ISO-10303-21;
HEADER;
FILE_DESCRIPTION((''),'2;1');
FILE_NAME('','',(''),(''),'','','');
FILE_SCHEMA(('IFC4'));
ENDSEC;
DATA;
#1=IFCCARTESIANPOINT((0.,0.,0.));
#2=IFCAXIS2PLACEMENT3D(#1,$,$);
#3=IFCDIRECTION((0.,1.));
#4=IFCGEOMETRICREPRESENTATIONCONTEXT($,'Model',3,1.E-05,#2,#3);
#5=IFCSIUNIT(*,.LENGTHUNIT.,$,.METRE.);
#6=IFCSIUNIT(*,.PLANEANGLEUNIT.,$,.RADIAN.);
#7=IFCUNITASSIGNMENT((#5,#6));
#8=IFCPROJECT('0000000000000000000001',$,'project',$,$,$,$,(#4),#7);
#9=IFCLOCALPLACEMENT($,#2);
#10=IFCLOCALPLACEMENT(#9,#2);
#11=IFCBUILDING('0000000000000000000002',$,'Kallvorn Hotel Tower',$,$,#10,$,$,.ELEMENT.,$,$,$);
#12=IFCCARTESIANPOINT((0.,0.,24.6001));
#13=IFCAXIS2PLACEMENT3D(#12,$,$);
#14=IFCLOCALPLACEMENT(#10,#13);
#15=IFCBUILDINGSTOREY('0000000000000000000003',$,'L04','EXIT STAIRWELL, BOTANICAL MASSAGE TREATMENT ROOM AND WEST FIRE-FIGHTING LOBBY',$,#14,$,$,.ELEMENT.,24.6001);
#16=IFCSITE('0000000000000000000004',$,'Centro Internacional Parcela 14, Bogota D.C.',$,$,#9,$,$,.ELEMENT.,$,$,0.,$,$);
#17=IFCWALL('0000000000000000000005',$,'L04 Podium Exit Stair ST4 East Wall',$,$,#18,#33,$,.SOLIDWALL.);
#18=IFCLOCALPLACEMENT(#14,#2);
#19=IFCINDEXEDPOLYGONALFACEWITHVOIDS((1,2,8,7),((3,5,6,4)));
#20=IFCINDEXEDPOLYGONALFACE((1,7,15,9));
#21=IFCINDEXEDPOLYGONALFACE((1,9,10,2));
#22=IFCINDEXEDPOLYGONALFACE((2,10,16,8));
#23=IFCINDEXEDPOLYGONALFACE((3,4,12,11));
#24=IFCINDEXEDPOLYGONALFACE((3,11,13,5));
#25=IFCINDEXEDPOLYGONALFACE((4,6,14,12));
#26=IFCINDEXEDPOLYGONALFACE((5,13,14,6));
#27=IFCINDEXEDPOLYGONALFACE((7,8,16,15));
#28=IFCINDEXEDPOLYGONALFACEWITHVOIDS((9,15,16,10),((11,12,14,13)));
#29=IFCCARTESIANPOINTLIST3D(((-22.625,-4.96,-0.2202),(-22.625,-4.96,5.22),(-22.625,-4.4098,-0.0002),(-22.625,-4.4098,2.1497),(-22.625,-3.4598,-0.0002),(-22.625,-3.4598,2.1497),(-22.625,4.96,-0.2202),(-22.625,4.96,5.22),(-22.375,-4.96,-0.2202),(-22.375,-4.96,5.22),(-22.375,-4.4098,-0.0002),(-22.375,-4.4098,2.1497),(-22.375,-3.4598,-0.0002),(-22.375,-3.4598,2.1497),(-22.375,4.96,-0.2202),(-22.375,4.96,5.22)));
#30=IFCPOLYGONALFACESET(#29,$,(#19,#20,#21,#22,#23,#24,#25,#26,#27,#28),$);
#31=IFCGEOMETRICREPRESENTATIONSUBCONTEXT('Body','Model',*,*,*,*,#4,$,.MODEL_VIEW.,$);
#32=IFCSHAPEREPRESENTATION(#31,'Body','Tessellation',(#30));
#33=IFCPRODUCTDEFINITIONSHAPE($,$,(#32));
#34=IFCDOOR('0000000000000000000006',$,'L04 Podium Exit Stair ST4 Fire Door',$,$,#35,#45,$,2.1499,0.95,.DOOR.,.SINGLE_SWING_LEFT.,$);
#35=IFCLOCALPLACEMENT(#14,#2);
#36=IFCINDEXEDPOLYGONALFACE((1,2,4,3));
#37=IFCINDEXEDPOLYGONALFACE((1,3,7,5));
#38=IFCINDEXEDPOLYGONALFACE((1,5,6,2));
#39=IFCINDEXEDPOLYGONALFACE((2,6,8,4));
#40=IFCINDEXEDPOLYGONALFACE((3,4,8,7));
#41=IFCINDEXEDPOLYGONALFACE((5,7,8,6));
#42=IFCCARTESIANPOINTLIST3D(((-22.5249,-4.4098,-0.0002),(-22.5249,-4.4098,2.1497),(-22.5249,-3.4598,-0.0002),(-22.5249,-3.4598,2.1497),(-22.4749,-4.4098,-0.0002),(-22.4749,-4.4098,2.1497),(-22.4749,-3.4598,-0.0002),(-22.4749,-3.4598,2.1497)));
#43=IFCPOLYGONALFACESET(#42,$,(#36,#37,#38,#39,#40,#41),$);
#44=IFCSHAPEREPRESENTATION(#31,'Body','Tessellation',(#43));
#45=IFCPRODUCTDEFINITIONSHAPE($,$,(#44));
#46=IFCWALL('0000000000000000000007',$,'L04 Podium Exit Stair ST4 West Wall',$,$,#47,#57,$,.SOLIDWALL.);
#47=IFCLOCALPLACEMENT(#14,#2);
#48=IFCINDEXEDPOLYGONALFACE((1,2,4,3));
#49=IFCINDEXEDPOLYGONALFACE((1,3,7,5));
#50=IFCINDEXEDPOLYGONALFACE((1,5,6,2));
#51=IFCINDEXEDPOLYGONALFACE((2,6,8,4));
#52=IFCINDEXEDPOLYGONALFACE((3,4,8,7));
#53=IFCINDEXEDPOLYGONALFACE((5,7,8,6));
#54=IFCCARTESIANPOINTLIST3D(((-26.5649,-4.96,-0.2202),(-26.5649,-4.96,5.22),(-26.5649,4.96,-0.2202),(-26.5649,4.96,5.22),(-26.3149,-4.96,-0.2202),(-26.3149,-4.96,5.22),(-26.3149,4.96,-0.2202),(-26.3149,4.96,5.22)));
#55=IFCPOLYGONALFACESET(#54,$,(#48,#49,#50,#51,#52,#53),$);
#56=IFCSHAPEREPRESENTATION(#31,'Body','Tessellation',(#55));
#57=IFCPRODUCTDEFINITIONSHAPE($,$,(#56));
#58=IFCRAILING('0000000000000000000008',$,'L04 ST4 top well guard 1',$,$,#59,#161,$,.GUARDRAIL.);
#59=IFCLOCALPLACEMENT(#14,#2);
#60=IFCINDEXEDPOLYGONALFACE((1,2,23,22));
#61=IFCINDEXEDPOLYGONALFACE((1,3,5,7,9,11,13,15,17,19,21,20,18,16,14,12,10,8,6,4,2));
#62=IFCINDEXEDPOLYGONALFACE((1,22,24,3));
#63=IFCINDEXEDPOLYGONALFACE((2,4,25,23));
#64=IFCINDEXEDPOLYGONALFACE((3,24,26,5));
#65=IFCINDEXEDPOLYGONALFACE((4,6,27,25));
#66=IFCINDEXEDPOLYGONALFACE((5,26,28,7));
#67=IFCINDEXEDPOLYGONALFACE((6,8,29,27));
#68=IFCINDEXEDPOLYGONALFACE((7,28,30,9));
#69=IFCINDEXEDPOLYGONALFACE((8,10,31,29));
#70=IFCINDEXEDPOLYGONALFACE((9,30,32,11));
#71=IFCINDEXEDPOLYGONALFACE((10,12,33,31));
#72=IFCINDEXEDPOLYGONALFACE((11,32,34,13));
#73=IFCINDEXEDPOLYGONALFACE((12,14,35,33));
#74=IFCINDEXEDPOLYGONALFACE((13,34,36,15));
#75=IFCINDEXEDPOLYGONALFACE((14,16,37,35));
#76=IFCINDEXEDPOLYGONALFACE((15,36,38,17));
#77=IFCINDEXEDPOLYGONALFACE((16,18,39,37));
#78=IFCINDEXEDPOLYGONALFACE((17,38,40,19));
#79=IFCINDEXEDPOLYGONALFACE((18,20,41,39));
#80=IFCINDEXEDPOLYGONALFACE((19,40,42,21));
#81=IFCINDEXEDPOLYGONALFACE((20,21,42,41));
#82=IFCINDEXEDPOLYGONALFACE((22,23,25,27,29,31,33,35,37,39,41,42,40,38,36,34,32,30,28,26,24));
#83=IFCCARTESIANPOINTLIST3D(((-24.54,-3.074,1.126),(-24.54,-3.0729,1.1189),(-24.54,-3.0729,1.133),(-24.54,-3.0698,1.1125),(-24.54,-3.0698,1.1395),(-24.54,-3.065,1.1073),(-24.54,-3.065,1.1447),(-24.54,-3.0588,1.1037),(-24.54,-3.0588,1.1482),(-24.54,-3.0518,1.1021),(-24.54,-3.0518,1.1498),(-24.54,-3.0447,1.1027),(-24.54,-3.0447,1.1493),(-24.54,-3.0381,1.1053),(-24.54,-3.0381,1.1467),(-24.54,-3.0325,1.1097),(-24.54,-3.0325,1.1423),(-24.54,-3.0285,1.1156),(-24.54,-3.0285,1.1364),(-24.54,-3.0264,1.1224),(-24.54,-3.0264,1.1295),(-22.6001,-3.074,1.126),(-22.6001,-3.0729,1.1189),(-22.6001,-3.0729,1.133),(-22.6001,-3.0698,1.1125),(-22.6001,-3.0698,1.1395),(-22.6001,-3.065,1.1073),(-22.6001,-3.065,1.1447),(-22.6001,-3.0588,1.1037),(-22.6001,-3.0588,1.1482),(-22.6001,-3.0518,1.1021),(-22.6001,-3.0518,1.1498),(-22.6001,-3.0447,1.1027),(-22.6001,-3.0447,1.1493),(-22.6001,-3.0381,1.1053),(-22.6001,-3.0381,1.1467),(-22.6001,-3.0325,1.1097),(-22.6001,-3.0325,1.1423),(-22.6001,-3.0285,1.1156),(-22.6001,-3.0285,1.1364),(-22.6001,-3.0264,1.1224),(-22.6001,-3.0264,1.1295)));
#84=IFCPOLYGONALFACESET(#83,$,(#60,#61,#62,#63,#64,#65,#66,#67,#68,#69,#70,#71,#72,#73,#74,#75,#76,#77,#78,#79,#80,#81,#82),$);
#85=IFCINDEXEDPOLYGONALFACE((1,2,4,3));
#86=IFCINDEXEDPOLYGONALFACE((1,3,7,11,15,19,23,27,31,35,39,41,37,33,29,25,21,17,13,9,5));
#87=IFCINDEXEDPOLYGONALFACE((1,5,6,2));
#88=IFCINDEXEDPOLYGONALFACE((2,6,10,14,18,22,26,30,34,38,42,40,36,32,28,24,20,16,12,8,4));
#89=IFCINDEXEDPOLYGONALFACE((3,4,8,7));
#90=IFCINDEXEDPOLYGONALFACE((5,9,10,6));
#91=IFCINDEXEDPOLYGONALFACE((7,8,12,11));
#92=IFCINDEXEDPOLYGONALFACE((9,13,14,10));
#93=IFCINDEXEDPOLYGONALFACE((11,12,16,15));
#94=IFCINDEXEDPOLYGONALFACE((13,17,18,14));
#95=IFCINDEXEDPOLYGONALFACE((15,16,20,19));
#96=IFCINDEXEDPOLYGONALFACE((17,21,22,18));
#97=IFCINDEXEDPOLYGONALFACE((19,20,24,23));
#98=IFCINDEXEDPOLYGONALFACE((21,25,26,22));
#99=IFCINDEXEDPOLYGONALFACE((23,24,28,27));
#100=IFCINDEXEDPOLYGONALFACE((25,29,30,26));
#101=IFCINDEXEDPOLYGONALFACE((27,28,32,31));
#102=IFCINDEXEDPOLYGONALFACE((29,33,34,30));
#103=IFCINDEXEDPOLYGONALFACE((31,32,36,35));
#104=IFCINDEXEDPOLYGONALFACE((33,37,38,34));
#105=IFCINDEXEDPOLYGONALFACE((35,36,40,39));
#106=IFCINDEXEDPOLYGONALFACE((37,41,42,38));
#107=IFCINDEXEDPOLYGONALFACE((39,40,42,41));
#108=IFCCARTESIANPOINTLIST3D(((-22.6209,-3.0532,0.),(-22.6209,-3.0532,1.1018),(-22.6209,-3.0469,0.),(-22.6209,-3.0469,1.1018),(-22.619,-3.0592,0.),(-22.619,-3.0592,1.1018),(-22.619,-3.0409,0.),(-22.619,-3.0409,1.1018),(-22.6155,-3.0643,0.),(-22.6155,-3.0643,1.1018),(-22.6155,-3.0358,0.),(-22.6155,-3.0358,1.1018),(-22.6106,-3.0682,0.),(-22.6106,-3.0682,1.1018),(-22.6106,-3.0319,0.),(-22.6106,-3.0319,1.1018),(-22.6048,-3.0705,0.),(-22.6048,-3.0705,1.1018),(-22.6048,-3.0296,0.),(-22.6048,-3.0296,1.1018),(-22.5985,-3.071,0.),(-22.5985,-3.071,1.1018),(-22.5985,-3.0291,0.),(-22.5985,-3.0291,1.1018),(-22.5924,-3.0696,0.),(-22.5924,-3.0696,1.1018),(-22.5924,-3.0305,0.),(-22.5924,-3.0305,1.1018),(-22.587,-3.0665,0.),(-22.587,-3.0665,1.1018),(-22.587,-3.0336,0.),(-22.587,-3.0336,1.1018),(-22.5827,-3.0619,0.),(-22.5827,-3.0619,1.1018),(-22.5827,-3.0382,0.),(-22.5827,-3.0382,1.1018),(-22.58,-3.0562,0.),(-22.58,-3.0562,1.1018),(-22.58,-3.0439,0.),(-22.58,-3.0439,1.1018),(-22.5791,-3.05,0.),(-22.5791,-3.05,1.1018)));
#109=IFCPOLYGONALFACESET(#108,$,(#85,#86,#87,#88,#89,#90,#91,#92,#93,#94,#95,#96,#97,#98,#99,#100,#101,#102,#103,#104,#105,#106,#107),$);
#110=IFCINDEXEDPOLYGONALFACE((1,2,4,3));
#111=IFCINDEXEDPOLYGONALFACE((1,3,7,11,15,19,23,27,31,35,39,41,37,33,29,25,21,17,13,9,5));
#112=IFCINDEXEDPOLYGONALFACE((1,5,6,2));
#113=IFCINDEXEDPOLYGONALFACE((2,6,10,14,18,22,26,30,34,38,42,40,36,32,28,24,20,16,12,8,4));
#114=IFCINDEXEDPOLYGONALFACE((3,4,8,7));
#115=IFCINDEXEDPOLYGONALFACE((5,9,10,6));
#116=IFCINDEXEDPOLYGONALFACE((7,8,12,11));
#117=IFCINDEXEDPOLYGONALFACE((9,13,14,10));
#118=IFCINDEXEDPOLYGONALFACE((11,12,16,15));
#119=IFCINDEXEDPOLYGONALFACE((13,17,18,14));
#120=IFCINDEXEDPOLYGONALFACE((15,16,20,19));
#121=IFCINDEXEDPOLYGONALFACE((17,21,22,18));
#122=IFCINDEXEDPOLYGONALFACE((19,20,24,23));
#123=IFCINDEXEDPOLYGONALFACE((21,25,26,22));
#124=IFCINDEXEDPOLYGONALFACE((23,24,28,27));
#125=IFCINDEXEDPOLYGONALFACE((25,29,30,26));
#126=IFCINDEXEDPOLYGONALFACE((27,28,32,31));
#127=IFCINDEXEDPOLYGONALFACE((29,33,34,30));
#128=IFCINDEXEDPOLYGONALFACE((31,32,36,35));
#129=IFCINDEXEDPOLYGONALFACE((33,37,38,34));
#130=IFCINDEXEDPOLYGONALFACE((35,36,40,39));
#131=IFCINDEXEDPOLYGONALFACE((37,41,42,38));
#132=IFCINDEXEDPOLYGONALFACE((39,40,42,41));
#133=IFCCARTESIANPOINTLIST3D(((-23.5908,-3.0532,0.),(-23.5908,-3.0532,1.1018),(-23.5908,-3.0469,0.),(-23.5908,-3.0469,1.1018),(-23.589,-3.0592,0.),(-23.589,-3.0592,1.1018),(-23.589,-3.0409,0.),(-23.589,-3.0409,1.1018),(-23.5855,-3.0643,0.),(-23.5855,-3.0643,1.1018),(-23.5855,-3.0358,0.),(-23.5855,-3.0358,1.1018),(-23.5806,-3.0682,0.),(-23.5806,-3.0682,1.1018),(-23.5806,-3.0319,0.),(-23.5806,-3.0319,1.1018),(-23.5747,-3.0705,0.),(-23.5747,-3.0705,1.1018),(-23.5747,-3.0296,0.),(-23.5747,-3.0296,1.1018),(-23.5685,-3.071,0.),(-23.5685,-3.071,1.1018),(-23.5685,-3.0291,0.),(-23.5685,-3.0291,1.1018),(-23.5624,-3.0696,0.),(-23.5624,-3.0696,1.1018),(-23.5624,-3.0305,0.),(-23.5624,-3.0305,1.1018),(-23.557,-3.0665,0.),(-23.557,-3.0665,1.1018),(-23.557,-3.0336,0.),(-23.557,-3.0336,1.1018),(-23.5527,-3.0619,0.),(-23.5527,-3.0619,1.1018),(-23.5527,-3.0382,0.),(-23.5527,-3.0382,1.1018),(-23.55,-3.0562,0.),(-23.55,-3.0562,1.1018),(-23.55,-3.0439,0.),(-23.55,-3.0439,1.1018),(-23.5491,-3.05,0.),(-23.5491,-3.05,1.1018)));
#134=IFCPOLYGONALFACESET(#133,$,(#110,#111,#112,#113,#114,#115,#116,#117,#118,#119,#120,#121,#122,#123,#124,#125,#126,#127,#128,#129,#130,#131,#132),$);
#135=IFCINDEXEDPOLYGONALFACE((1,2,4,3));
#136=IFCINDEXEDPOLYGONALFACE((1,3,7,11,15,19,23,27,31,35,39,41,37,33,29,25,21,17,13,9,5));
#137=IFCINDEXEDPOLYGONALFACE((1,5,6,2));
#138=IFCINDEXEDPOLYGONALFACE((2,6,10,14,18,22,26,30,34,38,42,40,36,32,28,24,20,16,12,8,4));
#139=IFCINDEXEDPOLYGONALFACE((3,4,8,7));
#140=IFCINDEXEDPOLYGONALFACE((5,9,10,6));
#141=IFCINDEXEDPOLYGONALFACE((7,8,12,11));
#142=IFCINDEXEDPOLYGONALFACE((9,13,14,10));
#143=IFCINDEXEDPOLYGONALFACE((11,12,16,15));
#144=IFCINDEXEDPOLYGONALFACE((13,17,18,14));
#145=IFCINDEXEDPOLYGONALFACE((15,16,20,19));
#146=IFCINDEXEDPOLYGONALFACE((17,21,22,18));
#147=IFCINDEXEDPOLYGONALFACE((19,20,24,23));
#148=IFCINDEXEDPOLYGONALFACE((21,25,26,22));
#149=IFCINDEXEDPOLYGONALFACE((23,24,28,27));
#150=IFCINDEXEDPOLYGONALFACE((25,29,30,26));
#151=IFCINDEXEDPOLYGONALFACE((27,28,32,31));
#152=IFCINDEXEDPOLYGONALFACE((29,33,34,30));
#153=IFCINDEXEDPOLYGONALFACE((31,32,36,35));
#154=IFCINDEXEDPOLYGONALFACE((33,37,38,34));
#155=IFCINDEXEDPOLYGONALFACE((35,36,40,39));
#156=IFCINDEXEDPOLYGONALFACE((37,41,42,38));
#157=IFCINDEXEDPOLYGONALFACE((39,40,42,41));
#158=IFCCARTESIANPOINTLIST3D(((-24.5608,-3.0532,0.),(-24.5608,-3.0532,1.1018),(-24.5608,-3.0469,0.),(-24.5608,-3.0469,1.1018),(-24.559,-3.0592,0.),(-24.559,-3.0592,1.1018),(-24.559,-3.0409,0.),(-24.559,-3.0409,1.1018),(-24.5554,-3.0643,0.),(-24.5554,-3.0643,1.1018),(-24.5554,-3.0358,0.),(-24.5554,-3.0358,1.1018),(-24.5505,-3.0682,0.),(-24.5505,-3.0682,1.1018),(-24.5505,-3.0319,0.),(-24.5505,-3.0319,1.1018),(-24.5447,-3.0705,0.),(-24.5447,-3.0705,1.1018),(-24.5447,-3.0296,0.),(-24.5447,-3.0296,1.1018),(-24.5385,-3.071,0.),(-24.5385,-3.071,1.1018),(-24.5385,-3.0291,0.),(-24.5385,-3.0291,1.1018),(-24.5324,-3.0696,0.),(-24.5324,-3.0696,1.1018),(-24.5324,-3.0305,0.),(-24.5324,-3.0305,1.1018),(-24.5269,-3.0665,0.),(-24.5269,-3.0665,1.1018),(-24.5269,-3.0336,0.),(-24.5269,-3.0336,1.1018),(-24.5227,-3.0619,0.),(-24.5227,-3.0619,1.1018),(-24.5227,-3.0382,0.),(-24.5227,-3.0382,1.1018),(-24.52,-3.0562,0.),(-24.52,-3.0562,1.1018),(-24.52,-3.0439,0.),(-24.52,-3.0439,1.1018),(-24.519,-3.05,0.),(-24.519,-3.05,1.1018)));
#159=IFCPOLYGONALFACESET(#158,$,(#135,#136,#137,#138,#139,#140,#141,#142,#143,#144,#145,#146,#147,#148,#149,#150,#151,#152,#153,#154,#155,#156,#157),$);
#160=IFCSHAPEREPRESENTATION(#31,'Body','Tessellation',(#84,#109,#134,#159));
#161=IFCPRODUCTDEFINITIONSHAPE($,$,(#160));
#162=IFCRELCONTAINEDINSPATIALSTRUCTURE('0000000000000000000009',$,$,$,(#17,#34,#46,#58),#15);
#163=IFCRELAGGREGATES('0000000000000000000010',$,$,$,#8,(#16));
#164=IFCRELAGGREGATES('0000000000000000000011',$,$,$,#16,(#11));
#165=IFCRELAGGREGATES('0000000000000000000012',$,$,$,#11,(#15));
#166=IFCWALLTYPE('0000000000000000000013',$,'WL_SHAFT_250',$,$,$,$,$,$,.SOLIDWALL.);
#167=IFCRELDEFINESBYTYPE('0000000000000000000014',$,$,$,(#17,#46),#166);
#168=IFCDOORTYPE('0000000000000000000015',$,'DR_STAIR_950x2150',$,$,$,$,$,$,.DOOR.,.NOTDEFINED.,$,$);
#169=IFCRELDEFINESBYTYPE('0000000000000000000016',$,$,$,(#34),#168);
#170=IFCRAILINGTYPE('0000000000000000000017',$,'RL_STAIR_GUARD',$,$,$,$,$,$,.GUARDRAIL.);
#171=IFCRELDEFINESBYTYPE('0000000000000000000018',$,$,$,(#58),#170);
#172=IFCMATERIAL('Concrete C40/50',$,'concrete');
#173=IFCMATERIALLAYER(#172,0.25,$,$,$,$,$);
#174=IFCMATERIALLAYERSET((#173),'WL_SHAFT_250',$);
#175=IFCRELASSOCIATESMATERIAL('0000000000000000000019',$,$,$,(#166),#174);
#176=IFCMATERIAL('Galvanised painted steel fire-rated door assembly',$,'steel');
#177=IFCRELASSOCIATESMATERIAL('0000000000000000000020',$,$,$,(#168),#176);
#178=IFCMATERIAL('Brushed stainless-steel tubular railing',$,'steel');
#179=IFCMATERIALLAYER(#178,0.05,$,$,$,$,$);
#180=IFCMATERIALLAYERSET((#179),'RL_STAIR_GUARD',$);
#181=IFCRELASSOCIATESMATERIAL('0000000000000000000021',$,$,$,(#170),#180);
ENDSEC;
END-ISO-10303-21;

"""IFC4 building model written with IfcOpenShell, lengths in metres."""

from ifc_helpers import new_model, si_unit, direction, frame, frame_2d, origin, origin_2d, place, context, subcontext, project, spatial, rectangle, circle, extrude, material, layer, layer_set, type_object, element, fill, save


model = new_model("IFC4")

# Units and contexts
model_context = context("Model", 3, precision=1e-05, world=origin(), true_north=direction((0.0, 1.0)))
body_context = subcontext(model_context, "Body", "Model", "MODEL_VIEW")
ifc_project = project(units=[si_unit("LENGTHUNIT", "METRE"), si_unit("PLANEANGLEUNIT", "RADIAN")], contexts=[model_context])

# Site, building, storey
site_placement = place(None, origin())
site = spatial("IfcSite", under=ifc_project, at=site_placement, Name="Centro Internacional Parcela 14, Bogota D.C.", CompositionType="ELEMENT", RefElevation=0.0)
building_placement = place(site_placement, origin())
building = spatial("IfcBuilding", under=site, at=building_placement, Name="Kallvorn Hotel Tower", CompositionType="ELEMENT")
storey_placement = place(building_placement, frame((0.0, 0.0, 24.6001)))
storey = spatial("IfcBuildingStorey", under=building, at=storey_placement, Name="L04", Description="EXIT STAIRWELL, BOTANICAL MASSAGE TREATMENT ROOM AND WEST FIRE-FIGHTING LOBBY", CompositionType="ELEMENT", Elevation=24.6001)

# Wall, opening, door
ifc_material_1 = material(Name="Concrete C40/50", Category="concrete")
ifc_layer_1 = layer(ifc_material_1, 0.25)
ifc_layer_set_1 = layer_set([ifc_layer_1], Name="WL_SHAFT_250")
wall_type_1 = type_object("IfcWallType", Name="WL_SHAFT_250", PredefinedType="SOLIDWALL", material=ifc_layer_set_1)
wall_1_placement = place(storey_placement, frame((-22.5, -4.96, -0.2202), z_axis=(0.0, 0.0, 1.0), x_axis=(0.0, 1.0, 0.0)))
wall_1 = element("IfcWall", 1, at=wall_1_placement, inside=storey, type_object=wall_type_1, Name="L04 Podium Exit Stair ST4 East Wall", PredefinedType="SOLIDWALL", context=body_context, shape_type="SweptSolid", body=[
    extrude(rectangle(XDim=9.9199, YDim=0.25, at=frame_2d((4.96, 0.0))), origin(), (0.0, 0.0, 1.0), 5.4402),
])
opening_placement = place(wall_1_placement, frame((0.55, 0.0, 0.22)))
opening = element("IfcOpeningElement", 2, at=opening_placement, cuts=wall_1, PredefinedType="OPENING", context=body_context, shape_type="SweptSolid", body=[
    extrude(rectangle(XDim=0.95, YDim=2.1499, at=frame_2d((0.4751, 1.075))), frame((0.0, 0.1399, 0.0), z_axis=(0.0, -1.0, 0.0), x_axis=(1.0, 0.0, 0.0)), (0.0, 0.0, 1.0), 0.28),
])
ifc_material_2 = material(Name="Galvanised painted steel fire-rated door assembly", Category="steel")
door_type = type_object("IfcDoorType", Name="DR_STAIR_950x2150", OperationType="NOTDEFINED", PredefinedType="DOOR", material=ifc_material_2)
door_placement = place(opening_placement, origin())
door = element("IfcDoor", 3, at=door_placement, inside=storey, type_object=door_type, Name="L04 Podium Exit Stair ST4 Fire Door", OperationType="SINGLE_SWING_LEFT", OverallHeight=2.1499, OverallWidth=0.95, PredefinedType="DOOR", context=body_context, shape_type="SweptSolid", body=[
    extrude(rectangle(XDim=0.95, YDim=2.1499, at=frame_2d((0.4751, 1.075))), frame((0.0, 0.0249, 0.0), z_axis=(0.0, -1.0, 0.0), x_axis=(1.0, 0.0, 0.0)), (0.0, 0.0, 1.0), 0.05),
])
fill(opening, door)

# Wall
wall_2_placement = place(storey_placement, frame((-26.4399, -4.96, -0.2202), z_axis=(0.0, 0.0, 1.0), x_axis=(0.0, 1.0, 0.0)))
element("IfcWall", 4, at=wall_2_placement, inside=storey, type_object=wall_type_1, Name="L04 Podium Exit Stair ST4 West Wall", PredefinedType="SOLIDWALL", context=body_context, shape_type="SweptSolid", body=[
    extrude(rectangle(XDim=9.9199, YDim=0.25, at=frame_2d((4.96, 0.0))), origin(), (0.0, 0.0, 1.0), 5.4402),
])

# Railing
ifc_material_3 = material(Name="Brushed stainless-steel tubular railing", Category="steel")
ifc_layer_2 = layer(ifc_material_3, 0.05)
ifc_layer_set_2 = layer_set([ifc_layer_2], Name="RL_STAIR_GUARD")
railing_type = type_object("IfcRailingType", Name="RL_STAIR_GUARD", PredefinedType="GUARDRAIL", material=ifc_layer_set_2)
railing_placement = place(storey_placement, frame((-22.6001, -3.05, 0.0)))
element("IfcRailing", 5, at=railing_placement, inside=storey, type_object=railing_type, Name="L04 ST4 top well guard 1", PredefinedType="GUARDRAIL", context=body_context, shape_type="SweptSolid", body=[
    extrude(circle(Radius=0.0239, at=origin_2d()), frame((0.0, 0.0, 1.126), z_axis=(-1.0, 0.0, 0.0), x_axis=(0.0, -1.0, 0.0)), (0.0, 0.0, 1.0), 1.9399),
    extrude(circle(Radius=0.021, at=origin_2d()), origin(), (0.0, 0.0, 1.0), 1.1018),
    extrude(circle(Radius=0.021, at=origin_2d()), frame((-0.97, 0.0, 0.0)), (0.0, 0.0, 1.0), 1.1018),
    extrude(circle(Radius=0.021, at=origin_2d()), frame((-1.9399, 0.0, 0.0)), (0.0, 0.0, 1.0), 1.1018),
])

save(model, "model.ifc")
